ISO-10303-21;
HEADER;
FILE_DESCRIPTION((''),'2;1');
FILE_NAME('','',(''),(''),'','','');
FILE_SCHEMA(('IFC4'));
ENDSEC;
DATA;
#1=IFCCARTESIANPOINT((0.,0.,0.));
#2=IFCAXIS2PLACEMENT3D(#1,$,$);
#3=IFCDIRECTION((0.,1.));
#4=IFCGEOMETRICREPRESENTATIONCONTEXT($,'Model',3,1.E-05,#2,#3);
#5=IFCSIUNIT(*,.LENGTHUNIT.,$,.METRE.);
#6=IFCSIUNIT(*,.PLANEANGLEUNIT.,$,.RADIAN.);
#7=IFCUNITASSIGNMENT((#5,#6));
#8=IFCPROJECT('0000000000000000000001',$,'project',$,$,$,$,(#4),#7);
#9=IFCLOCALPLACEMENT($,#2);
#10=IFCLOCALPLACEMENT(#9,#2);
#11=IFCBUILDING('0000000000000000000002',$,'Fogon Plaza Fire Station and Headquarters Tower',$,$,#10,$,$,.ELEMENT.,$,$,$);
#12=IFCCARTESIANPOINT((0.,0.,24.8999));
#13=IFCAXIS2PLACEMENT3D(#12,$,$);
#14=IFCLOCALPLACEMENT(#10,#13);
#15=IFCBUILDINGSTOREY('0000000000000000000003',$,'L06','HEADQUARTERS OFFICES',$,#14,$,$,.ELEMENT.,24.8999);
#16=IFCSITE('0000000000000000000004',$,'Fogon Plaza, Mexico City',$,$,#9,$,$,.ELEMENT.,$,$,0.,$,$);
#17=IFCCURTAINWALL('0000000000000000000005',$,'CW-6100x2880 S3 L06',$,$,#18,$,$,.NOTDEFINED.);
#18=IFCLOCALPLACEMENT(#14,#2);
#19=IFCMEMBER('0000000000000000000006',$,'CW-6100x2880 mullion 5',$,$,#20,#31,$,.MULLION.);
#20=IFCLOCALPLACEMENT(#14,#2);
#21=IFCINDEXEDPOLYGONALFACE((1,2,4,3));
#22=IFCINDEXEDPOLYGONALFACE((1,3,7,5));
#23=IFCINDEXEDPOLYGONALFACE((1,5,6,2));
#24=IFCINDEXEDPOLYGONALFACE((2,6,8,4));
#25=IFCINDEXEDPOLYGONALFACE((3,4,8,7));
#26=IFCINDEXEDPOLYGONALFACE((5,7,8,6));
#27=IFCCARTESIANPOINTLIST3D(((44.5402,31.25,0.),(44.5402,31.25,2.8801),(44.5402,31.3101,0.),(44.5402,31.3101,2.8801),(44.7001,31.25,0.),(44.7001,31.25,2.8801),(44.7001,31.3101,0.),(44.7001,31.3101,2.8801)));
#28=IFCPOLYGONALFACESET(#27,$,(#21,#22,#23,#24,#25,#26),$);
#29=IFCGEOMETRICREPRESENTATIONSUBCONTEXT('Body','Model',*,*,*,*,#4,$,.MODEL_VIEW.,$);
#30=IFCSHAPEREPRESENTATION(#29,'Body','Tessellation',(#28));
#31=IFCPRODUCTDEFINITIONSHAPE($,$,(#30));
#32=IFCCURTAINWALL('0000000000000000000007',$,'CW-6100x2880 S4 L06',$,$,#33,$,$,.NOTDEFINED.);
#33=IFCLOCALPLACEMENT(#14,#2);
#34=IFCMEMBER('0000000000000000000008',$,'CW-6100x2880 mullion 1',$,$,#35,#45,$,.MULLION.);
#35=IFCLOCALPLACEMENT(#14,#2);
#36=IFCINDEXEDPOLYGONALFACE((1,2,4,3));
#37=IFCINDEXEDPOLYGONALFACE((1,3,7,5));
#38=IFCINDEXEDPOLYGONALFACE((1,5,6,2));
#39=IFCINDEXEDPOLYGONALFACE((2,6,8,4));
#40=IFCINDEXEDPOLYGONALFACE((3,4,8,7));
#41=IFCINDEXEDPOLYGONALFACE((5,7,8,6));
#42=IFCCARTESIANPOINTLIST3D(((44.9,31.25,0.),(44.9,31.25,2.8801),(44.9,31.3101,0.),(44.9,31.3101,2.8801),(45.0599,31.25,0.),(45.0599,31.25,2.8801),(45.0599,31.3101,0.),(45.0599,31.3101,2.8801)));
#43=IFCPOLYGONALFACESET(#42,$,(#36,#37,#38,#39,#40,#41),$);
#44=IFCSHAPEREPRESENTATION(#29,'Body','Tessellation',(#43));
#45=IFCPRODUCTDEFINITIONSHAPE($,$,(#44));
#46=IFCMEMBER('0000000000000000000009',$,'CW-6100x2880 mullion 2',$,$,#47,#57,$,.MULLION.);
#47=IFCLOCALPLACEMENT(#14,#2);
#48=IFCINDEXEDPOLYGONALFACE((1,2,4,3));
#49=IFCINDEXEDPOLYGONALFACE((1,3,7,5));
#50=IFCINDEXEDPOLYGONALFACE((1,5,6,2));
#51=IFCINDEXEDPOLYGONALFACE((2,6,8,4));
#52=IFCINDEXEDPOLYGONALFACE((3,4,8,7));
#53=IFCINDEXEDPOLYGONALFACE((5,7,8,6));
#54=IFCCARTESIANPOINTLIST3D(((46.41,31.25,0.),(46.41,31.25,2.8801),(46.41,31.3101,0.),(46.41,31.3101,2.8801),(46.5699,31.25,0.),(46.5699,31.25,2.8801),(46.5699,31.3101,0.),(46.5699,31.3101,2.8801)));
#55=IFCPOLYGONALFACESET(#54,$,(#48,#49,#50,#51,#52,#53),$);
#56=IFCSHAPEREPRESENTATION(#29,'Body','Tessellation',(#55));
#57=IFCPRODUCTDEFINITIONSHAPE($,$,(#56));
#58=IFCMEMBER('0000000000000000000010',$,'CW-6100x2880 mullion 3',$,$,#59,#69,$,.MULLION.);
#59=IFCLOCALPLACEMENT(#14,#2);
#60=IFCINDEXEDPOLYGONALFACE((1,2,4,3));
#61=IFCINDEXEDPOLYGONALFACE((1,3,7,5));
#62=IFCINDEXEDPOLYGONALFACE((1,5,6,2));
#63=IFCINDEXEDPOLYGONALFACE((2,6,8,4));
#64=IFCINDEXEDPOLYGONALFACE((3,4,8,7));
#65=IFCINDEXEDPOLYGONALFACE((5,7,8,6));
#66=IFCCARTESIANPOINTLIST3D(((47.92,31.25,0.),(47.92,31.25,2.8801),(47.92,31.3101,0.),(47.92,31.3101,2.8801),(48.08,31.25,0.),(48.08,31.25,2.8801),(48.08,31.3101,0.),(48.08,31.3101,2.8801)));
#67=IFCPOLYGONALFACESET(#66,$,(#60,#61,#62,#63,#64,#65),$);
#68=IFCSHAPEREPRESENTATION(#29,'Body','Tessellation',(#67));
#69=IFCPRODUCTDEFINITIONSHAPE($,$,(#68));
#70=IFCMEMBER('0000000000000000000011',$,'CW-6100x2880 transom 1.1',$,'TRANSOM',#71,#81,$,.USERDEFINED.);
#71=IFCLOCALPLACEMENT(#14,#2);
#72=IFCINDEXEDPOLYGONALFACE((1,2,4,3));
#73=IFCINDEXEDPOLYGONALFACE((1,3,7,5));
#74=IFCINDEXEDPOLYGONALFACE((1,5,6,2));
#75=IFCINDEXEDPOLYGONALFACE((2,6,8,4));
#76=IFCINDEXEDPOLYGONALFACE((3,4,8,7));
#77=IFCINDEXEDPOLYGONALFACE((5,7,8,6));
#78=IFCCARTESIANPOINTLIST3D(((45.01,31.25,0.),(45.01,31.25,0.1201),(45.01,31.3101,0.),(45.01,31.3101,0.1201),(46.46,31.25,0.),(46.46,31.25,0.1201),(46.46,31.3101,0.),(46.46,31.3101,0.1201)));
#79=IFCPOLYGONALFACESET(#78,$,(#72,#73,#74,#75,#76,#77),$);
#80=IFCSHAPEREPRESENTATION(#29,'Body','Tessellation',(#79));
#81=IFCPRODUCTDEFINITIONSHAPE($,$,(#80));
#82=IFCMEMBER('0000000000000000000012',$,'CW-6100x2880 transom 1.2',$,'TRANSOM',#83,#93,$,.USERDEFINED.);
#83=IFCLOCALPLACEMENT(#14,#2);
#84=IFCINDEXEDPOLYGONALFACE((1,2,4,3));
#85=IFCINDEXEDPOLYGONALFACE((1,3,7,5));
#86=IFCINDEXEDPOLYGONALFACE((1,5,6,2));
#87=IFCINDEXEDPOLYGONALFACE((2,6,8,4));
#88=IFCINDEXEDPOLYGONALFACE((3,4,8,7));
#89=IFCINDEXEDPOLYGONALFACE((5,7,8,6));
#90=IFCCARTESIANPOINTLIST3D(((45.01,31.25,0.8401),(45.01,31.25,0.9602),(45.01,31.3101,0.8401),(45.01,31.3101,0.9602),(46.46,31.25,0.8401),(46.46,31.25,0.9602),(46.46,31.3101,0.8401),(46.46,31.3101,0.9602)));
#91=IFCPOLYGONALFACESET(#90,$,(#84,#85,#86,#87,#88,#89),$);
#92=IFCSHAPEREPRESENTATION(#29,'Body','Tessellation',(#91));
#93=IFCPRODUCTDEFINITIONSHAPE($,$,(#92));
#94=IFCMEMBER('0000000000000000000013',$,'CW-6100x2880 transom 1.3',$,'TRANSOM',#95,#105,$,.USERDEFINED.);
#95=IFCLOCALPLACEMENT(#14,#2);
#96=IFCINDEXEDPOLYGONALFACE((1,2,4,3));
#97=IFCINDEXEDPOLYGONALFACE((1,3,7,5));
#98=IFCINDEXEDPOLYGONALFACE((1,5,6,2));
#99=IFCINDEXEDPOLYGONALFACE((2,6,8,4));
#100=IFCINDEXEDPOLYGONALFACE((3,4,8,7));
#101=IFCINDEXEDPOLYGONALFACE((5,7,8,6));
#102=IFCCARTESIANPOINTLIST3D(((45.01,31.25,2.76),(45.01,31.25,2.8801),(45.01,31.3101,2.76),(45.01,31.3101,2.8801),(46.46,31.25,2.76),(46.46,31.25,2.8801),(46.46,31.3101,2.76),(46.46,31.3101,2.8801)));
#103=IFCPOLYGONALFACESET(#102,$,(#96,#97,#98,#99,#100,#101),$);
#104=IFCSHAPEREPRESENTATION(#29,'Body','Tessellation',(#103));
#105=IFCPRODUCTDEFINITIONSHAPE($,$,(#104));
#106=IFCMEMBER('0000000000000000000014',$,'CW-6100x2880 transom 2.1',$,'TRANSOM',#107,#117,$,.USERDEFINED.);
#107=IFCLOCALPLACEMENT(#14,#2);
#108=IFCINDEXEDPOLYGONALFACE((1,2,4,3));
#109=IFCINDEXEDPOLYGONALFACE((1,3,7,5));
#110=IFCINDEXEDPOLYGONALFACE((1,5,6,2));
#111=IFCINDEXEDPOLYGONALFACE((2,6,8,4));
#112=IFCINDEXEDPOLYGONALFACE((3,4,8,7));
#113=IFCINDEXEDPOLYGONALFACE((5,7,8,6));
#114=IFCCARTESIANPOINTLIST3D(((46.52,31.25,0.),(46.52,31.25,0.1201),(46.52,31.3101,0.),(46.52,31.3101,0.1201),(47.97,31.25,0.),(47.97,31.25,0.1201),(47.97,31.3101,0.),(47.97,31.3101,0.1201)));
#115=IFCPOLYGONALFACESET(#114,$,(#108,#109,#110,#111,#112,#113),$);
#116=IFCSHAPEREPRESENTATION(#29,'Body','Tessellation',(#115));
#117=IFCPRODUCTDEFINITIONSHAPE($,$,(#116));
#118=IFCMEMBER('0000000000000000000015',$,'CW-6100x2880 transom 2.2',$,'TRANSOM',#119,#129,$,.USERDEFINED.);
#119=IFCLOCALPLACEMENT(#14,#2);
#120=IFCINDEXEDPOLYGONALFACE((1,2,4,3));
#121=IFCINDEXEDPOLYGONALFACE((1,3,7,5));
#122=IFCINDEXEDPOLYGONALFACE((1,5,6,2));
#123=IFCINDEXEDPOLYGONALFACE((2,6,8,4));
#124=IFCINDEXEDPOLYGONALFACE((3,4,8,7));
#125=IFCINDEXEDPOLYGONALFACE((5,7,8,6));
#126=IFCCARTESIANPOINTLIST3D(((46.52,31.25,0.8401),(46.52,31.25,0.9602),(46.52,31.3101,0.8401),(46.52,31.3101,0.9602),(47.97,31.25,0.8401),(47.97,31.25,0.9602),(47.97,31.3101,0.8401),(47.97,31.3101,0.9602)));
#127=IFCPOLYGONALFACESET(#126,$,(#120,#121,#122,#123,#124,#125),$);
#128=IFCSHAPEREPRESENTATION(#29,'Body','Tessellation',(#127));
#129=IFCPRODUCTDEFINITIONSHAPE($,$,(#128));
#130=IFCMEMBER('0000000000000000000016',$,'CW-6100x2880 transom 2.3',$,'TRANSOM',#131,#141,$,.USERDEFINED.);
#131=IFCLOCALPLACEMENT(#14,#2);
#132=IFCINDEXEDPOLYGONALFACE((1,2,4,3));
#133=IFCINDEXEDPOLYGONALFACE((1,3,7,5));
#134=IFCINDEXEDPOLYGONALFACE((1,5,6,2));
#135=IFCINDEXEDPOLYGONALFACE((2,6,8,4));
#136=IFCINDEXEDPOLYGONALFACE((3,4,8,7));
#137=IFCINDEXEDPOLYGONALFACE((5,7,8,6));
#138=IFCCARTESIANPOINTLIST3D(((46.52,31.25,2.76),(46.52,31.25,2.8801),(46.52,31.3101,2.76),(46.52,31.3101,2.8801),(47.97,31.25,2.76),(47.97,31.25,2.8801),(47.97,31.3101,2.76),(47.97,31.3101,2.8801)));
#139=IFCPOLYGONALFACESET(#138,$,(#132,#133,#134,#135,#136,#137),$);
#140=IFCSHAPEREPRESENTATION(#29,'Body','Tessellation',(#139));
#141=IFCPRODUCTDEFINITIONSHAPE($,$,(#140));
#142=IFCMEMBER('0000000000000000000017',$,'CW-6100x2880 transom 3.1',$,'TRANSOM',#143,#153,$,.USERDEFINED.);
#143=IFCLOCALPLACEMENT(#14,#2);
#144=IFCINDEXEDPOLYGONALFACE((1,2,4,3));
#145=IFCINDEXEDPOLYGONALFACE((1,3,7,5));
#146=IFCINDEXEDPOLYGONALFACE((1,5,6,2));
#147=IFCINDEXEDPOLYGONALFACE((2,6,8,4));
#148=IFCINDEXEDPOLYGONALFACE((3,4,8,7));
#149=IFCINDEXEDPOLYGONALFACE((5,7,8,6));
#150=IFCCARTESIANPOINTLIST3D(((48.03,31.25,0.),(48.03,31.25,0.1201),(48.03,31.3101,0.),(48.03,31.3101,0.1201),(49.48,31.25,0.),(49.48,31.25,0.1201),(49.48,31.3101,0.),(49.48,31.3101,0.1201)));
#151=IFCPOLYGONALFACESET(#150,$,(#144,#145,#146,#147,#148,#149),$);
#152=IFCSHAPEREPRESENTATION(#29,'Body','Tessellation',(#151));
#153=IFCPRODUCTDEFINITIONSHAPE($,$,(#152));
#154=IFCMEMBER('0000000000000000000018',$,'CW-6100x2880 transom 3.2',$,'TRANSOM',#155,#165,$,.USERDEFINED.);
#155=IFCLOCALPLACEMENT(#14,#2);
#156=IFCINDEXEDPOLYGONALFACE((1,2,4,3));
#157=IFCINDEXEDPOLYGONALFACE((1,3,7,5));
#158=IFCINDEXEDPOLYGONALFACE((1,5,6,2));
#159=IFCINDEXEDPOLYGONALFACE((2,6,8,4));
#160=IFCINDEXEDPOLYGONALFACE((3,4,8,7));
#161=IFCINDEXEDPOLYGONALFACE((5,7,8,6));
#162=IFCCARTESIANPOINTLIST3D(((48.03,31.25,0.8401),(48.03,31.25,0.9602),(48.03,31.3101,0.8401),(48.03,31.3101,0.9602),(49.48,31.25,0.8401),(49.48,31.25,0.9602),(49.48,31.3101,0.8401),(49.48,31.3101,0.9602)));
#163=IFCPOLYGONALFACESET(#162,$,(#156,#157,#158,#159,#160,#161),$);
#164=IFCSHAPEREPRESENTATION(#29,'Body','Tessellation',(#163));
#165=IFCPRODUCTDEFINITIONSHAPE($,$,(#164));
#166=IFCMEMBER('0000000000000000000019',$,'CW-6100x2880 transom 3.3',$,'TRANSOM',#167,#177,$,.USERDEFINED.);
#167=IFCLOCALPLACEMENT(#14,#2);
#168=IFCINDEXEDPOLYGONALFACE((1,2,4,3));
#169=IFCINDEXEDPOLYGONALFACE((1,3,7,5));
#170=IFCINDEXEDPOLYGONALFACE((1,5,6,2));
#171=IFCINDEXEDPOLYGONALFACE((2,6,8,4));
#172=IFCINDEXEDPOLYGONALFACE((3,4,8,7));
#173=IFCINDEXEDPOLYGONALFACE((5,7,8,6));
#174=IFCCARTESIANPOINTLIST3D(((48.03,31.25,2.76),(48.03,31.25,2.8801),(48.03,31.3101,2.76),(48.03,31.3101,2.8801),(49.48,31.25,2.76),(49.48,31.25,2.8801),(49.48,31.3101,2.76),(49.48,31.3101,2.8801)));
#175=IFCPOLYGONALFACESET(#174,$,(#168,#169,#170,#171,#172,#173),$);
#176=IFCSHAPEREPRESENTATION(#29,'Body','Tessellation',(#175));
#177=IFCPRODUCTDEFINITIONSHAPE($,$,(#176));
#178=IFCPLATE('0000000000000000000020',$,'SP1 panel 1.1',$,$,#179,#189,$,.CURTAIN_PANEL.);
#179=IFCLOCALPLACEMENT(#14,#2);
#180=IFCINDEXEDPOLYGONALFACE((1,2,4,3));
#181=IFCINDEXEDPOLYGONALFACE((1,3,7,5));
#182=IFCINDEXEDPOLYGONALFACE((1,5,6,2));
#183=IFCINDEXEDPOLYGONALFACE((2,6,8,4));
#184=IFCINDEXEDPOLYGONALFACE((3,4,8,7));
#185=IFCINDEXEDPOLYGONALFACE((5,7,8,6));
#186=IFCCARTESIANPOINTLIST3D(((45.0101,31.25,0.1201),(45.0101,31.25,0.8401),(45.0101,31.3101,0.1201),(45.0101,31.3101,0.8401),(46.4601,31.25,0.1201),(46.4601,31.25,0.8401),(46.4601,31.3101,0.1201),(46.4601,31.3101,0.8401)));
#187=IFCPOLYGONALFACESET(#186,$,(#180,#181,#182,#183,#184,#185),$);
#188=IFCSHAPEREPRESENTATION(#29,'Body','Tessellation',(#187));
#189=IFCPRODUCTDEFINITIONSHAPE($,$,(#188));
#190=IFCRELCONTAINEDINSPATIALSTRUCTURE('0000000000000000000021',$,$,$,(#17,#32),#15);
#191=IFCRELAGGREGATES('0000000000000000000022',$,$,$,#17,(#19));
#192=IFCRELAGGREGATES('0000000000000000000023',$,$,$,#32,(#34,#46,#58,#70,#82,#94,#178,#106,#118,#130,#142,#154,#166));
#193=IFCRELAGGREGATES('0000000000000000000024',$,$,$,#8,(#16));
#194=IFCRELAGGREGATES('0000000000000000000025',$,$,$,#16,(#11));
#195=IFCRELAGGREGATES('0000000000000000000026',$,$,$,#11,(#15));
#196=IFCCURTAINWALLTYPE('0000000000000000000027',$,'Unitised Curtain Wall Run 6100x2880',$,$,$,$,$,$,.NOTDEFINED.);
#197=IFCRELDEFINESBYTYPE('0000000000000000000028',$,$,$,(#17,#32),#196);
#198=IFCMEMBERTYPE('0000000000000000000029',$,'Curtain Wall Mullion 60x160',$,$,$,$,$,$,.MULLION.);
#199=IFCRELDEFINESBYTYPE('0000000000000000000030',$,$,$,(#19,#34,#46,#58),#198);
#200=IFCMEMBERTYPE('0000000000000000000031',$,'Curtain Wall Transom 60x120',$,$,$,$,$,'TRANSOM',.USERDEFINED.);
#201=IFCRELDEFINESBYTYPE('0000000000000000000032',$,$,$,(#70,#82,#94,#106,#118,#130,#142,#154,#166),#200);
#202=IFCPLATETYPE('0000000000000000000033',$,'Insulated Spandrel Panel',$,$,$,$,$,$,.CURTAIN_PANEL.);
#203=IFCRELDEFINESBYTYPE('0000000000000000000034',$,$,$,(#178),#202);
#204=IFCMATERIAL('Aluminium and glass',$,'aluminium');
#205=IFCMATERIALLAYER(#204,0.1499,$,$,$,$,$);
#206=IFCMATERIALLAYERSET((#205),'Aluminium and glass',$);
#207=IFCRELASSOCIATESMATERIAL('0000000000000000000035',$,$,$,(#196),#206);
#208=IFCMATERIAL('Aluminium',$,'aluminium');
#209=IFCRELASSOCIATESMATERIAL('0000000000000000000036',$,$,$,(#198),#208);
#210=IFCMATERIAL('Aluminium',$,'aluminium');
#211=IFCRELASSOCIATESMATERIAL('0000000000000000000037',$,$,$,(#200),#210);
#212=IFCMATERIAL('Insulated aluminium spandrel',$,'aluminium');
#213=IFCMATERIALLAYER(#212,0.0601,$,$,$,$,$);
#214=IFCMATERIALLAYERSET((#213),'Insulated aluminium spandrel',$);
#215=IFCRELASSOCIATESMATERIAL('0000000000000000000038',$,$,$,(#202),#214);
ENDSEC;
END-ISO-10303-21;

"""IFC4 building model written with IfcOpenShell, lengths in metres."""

from ifc_helpers import new_model, si_unit, direction, frame, origin, origin_2d, place, context, subcontext, project, spatial, rectangle, extrude, material, layer, layer_set, material_profile, profile_set, type_object, element, aggregate, save


model = new_model("IFC4")

# Units and contexts
model_context = context("Model", 3, precision=1e-05, world=origin(), true_north=direction((0.0, 1.0)))
body_context = subcontext(model_context, "Body", "Model", "MODEL_VIEW")
ifc_project = project(units=[si_unit("LENGTHUNIT", "METRE"), si_unit("PLANEANGLEUNIT", "RADIAN")], contexts=[model_context])

# Site, building, storey
site_placement = place(None, origin())
site = spatial("IfcSite", under=ifc_project, at=site_placement, Name="Fogon Plaza, Mexico City", CompositionType="ELEMENT", RefElevation=0.0)
building_placement = place(site_placement, origin())
building = spatial("IfcBuilding", under=site, at=building_placement, Name="Fogon Plaza Fire Station and Headquarters Tower", CompositionType="ELEMENT")
storey_placement = place(building_placement, frame((0.0, 0.0, 24.8999)))
storey = spatial("IfcBuildingStorey", under=building, at=storey_placement, Name="L06", Description="HEADQUARTERS OFFICES", CompositionType="ELEMENT", Elevation=24.8999)

# Curtain wall, member
ifc_material_1 = material(Name="Aluminium and glass", Category="aluminium")
ifc_layer_1 = layer(ifc_material_1, 0.1499)
ifc_layer_set_1 = layer_set([ifc_layer_1], Name="Aluminium and glass")
curtain_wall_type = type_object("IfcCurtainWallType", Name="Unitised Curtain Wall Run 6100x2880", PredefinedType="NOTDEFINED", material=ifc_layer_set_1)
curtain_wall_1_placement = place(storey_placement, origin())
curtain_wall_1 = element("IfcCurtainWall", 1, at=curtain_wall_1_placement, inside=storey, type_object=curtain_wall_type, Name="CW-6100x2880 S3 L06", PredefinedType="NOTDEFINED")
ifc_material_2 = material(Name="Aluminium", Category="aluminium")
ifc_material_profile_1 = material_profile(ifc_material_2, rectangle(XDim=0.0601, YDim=0.1599, at=origin_2d()), Name="Curtain Wall Mullion 60x160")
ifc_profile_set_1 = profile_set([ifc_material_profile_1], Name="Aluminium")
member_type_1 = type_object("IfcMemberType", Name="Curtain Wall Mullion 60x160", PredefinedType="MULLION", material=ifc_profile_set_1)
member_1_placement = place(storey_placement, frame((44.6201, 31.28, 0.0), z_axis=(0.0, 0.0, 1.0), x_axis=(0.0, 1.0, 0.0)))
member_1 = element("IfcMember", 2, at=member_1_placement, type_object=member_type_1, Name="CW-6100x2880 mullion 5", PredefinedType="MULLION", context=body_context, shape_type="SweptSolid", body=[
    extrude(rectangle(XDim=0.0601, YDim=0.1599, at=origin_2d()), origin(), (0.0, 0.0, 1.0), 2.8801),
])

# Curtain wall, members, plate
curtain_wall_2_placement = place(storey_placement, origin())
curtain_wall_2 = element("IfcCurtainWall", 3, at=curtain_wall_2_placement, inside=storey, type_object=curtain_wall_type, Name="CW-6100x2880 S4 L06", PredefinedType="NOTDEFINED")
member_2_placement = place(storey_placement, frame((44.98, 31.28, 0.0), z_axis=(0.0, 0.0, 1.0), x_axis=(0.0, 1.0, 0.0)))
member_2 = element("IfcMember", 4, at=member_2_placement, type_object=member_type_1, Name="CW-6100x2880 mullion 1", PredefinedType="MULLION", context=body_context, shape_type="SweptSolid", body=[
    extrude(rectangle(XDim=0.0601, YDim=0.1599, at=origin_2d()), origin(), (0.0, 0.0, 1.0), 2.8801),
])
member_3_placement = place(storey_placement, frame((46.49, 31.28, 0.0), z_axis=(0.0, 0.0, 1.0), x_axis=(0.0, 1.0, 0.0)))
member_3 = element("IfcMember", 5, at=member_3_placement, type_object=member_type_1, Name="CW-6100x2880 mullion 2", PredefinedType="MULLION", context=body_context, shape_type="SweptSolid", body=[
    extrude(rectangle(XDim=0.0601, YDim=0.1599, at=origin_2d()), origin(), (0.0, 0.0, 1.0), 2.8801),
])
member_4_placement = place(storey_placement, frame((48.0, 31.28, 0.0), z_axis=(0.0, 0.0, 1.0), x_axis=(0.0, 1.0, 0.0)))
member_4 = element("IfcMember", 6, at=member_4_placement, type_object=member_type_1, Name="CW-6100x2880 mullion 3", PredefinedType="MULLION", context=body_context, shape_type="SweptSolid", body=[
    extrude(rectangle(XDim=0.0601, YDim=0.1599, at=origin_2d()), origin(), (0.0, 0.0, 1.0), 2.8801),
])
ifc_material_3 = material(Name="Aluminium", Category="aluminium")
ifc_material_profile_2 = material_profile(ifc_material_3, rectangle(XDim=0.0601, YDim=0.1201, at=origin_2d()), Name="Curtain Wall Transom 60x120")
ifc_profile_set_2 = profile_set([ifc_material_profile_2], Name="Aluminium")
member_type_2 = type_object("IfcMemberType", Name="Curtain Wall Transom 60x120", ElementType="TRANSOM", PredefinedType="USERDEFINED", material=ifc_profile_set_2)
member_5_placement = place(storey_placement, frame((45.01, 31.28, 0.0601), z_axis=(1.0, 0.0, 0.0), x_axis=(0.0, 1.0, 0.0)))
member_5 = element("IfcMember", 7, at=member_5_placement, type_object=member_type_2, Name="CW-6100x2880 transom 1.1", ObjectType="TRANSOM", PredefinedType="USERDEFINED", context=body_context, shape_type="SweptSolid", body=[
    extrude(rectangle(XDim=0.0601, YDim=0.1201, at=origin_2d()), origin(), (0.0, 0.0, 1.0), 1.45),
])
member_6_placement = place(storey_placement, frame((45.01, 31.28, 0.9001), z_axis=(1.0, 0.0, 0.0), x_axis=(0.0, 1.0, 0.0)))
member_6 = element("IfcMember", 8, at=member_6_placement, type_object=member_type_2, Name="CW-6100x2880 transom 1.2", ObjectType="TRANSOM", PredefinedType="USERDEFINED", context=body_context, shape_type="SweptSolid", body=[
    extrude(rectangle(XDim=0.0601, YDim=0.1201, at=origin_2d()), origin(), (0.0, 0.0, 1.0), 1.45),
])
member_7_placement = place(storey_placement, frame((45.01, 31.28, 2.8201), z_axis=(1.0, 0.0, 0.0), x_axis=(0.0, 1.0, 0.0)))
member_7 = element("IfcMember", 9, at=member_7_placement, type_object=member_type_2, Name="CW-6100x2880 transom 1.3", ObjectType="TRANSOM", PredefinedType="USERDEFINED", context=body_context, shape_type="SweptSolid", body=[
    extrude(rectangle(XDim=0.0601, YDim=0.1201, at=origin_2d()), origin(), (0.0, 0.0, 1.0), 1.45),
])
member_8_placement = place(storey_placement, frame((46.52, 31.28, 0.0601), z_axis=(1.0, 0.0, 0.0), x_axis=(0.0, 1.0, 0.0)))
member_8 = element("IfcMember", 10, at=member_8_placement, type_object=member_type_2, Name="CW-6100x2880 transom 2.1", ObjectType="TRANSOM", PredefinedType="USERDEFINED", context=body_context, shape_type="SweptSolid", body=[
    extrude(rectangle(XDim=0.0601, YDim=0.1201, at=origin_2d()), origin(), (0.0, 0.0, 1.0), 1.45),
])
member_9_placement = place(storey_placement, frame((46.52, 31.28, 0.9001), z_axis=(1.0, 0.0, 0.0), x_axis=(0.0, 1.0, 0.0)))
member_9 = element("IfcMember", 11, at=member_9_placement, type_object=member_type_2, Name="CW-6100x2880 transom 2.2", ObjectType="TRANSOM", PredefinedType="USERDEFINED", context=body_context, shape_type="SweptSolid", body=[
    extrude(rectangle(XDim=0.0601, YDim=0.1201, at=origin_2d()), origin(), (0.0, 0.0, 1.0), 1.45),
])
member_10_placement = place(storey_placement, frame((46.52, 31.28, 2.8201), z_axis=(1.0, 0.0, 0.0), x_axis=(0.0, 1.0, 0.0)))
member_10 = element("IfcMember", 12, at=member_10_placement, type_object=member_type_2, Name="CW-6100x2880 transom 2.3", ObjectType="TRANSOM", PredefinedType="USERDEFINED", context=body_context, shape_type="SweptSolid", body=[
    extrude(rectangle(XDim=0.0601, YDim=0.1201, at=origin_2d()), origin(), (0.0, 0.0, 1.0), 1.45),
])
member_11_placement = place(storey_placement, frame((48.03, 31.28, 0.0601), z_axis=(1.0, 0.0, 0.0), x_axis=(0.0, 1.0, 0.0)))
member_11 = element("IfcMember", 13, at=member_11_placement, type_object=member_type_2, Name="CW-6100x2880 transom 3.1", ObjectType="TRANSOM", PredefinedType="USERDEFINED", context=body_context, shape_type="SweptSolid", body=[
    extrude(rectangle(XDim=0.0601, YDim=0.1201, at=origin_2d()), origin(), (0.0, 0.0, 1.0), 1.45),
])
member_12_placement = place(storey_placement, frame((48.03, 31.28, 0.9001), z_axis=(1.0, 0.0, 0.0), x_axis=(0.0, 1.0, 0.0)))
member_12 = element("IfcMember", 14, at=member_12_placement, type_object=member_type_2, Name="CW-6100x2880 transom 3.2", ObjectType="TRANSOM", PredefinedType="USERDEFINED", context=body_context, shape_type="SweptSolid", body=[
    extrude(rectangle(XDim=0.0601, YDim=0.1201, at=origin_2d()), origin(), (0.0, 0.0, 1.0), 1.45),
])
member_13_placement = place(storey_placement, frame((48.03, 31.28, 2.8201), z_axis=(1.0, 0.0, 0.0), x_axis=(0.0, 1.0, 0.0)))
member_13 = element("IfcMember", 15, at=member_13_placement, type_object=member_type_2, Name="CW-6100x2880 transom 3.3", ObjectType="TRANSOM", PredefinedType="USERDEFINED", context=body_context, shape_type="SweptSolid", body=[
    extrude(rectangle(XDim=0.0601, YDim=0.1201, at=origin_2d()), origin(), (0.0, 0.0, 1.0), 1.45),
])
ifc_material_4 = material(Name="Insulated aluminium spandrel", Category="aluminium")
ifc_layer_2 = layer(ifc_material_4, 0.0601)
ifc_layer_set_2 = layer_set([ifc_layer_2], Name="Insulated aluminium spandrel")
plate_type_1 = type_object("IfcPlateType", Name="Insulated Spandrel Panel", PredefinedType="CURTAIN_PANEL", material=ifc_layer_set_2)
plate_1_placement = place(storey_placement, frame((45.7351, 31.28, 0.1201), z_axis=(0.0, 0.0, 1.0), x_axis=(1.0, 0.0, 0.0)))
plate_1 = element("IfcPlate", 16, at=plate_1_placement, type_object=plate_type_1, Name="SP1 panel 1.1", PredefinedType="CURTAIN_PANEL", context=body_context, shape_type="SweptSolid", body=[
    extrude(rectangle(XDim=1.45, YDim=0.0601, at=origin_2d()), origin(), (0.0, 0.0, 1.0), 0.72),
])

aggregate(curtain_wall_1, [member_1])
aggregate(curtain_wall_2, [member_2, member_3, member_4, member_5, member_6, member_7, plate_1, member_8, member_9, member_10, member_11, member_12, member_13])

save(model, "model.ifc")
